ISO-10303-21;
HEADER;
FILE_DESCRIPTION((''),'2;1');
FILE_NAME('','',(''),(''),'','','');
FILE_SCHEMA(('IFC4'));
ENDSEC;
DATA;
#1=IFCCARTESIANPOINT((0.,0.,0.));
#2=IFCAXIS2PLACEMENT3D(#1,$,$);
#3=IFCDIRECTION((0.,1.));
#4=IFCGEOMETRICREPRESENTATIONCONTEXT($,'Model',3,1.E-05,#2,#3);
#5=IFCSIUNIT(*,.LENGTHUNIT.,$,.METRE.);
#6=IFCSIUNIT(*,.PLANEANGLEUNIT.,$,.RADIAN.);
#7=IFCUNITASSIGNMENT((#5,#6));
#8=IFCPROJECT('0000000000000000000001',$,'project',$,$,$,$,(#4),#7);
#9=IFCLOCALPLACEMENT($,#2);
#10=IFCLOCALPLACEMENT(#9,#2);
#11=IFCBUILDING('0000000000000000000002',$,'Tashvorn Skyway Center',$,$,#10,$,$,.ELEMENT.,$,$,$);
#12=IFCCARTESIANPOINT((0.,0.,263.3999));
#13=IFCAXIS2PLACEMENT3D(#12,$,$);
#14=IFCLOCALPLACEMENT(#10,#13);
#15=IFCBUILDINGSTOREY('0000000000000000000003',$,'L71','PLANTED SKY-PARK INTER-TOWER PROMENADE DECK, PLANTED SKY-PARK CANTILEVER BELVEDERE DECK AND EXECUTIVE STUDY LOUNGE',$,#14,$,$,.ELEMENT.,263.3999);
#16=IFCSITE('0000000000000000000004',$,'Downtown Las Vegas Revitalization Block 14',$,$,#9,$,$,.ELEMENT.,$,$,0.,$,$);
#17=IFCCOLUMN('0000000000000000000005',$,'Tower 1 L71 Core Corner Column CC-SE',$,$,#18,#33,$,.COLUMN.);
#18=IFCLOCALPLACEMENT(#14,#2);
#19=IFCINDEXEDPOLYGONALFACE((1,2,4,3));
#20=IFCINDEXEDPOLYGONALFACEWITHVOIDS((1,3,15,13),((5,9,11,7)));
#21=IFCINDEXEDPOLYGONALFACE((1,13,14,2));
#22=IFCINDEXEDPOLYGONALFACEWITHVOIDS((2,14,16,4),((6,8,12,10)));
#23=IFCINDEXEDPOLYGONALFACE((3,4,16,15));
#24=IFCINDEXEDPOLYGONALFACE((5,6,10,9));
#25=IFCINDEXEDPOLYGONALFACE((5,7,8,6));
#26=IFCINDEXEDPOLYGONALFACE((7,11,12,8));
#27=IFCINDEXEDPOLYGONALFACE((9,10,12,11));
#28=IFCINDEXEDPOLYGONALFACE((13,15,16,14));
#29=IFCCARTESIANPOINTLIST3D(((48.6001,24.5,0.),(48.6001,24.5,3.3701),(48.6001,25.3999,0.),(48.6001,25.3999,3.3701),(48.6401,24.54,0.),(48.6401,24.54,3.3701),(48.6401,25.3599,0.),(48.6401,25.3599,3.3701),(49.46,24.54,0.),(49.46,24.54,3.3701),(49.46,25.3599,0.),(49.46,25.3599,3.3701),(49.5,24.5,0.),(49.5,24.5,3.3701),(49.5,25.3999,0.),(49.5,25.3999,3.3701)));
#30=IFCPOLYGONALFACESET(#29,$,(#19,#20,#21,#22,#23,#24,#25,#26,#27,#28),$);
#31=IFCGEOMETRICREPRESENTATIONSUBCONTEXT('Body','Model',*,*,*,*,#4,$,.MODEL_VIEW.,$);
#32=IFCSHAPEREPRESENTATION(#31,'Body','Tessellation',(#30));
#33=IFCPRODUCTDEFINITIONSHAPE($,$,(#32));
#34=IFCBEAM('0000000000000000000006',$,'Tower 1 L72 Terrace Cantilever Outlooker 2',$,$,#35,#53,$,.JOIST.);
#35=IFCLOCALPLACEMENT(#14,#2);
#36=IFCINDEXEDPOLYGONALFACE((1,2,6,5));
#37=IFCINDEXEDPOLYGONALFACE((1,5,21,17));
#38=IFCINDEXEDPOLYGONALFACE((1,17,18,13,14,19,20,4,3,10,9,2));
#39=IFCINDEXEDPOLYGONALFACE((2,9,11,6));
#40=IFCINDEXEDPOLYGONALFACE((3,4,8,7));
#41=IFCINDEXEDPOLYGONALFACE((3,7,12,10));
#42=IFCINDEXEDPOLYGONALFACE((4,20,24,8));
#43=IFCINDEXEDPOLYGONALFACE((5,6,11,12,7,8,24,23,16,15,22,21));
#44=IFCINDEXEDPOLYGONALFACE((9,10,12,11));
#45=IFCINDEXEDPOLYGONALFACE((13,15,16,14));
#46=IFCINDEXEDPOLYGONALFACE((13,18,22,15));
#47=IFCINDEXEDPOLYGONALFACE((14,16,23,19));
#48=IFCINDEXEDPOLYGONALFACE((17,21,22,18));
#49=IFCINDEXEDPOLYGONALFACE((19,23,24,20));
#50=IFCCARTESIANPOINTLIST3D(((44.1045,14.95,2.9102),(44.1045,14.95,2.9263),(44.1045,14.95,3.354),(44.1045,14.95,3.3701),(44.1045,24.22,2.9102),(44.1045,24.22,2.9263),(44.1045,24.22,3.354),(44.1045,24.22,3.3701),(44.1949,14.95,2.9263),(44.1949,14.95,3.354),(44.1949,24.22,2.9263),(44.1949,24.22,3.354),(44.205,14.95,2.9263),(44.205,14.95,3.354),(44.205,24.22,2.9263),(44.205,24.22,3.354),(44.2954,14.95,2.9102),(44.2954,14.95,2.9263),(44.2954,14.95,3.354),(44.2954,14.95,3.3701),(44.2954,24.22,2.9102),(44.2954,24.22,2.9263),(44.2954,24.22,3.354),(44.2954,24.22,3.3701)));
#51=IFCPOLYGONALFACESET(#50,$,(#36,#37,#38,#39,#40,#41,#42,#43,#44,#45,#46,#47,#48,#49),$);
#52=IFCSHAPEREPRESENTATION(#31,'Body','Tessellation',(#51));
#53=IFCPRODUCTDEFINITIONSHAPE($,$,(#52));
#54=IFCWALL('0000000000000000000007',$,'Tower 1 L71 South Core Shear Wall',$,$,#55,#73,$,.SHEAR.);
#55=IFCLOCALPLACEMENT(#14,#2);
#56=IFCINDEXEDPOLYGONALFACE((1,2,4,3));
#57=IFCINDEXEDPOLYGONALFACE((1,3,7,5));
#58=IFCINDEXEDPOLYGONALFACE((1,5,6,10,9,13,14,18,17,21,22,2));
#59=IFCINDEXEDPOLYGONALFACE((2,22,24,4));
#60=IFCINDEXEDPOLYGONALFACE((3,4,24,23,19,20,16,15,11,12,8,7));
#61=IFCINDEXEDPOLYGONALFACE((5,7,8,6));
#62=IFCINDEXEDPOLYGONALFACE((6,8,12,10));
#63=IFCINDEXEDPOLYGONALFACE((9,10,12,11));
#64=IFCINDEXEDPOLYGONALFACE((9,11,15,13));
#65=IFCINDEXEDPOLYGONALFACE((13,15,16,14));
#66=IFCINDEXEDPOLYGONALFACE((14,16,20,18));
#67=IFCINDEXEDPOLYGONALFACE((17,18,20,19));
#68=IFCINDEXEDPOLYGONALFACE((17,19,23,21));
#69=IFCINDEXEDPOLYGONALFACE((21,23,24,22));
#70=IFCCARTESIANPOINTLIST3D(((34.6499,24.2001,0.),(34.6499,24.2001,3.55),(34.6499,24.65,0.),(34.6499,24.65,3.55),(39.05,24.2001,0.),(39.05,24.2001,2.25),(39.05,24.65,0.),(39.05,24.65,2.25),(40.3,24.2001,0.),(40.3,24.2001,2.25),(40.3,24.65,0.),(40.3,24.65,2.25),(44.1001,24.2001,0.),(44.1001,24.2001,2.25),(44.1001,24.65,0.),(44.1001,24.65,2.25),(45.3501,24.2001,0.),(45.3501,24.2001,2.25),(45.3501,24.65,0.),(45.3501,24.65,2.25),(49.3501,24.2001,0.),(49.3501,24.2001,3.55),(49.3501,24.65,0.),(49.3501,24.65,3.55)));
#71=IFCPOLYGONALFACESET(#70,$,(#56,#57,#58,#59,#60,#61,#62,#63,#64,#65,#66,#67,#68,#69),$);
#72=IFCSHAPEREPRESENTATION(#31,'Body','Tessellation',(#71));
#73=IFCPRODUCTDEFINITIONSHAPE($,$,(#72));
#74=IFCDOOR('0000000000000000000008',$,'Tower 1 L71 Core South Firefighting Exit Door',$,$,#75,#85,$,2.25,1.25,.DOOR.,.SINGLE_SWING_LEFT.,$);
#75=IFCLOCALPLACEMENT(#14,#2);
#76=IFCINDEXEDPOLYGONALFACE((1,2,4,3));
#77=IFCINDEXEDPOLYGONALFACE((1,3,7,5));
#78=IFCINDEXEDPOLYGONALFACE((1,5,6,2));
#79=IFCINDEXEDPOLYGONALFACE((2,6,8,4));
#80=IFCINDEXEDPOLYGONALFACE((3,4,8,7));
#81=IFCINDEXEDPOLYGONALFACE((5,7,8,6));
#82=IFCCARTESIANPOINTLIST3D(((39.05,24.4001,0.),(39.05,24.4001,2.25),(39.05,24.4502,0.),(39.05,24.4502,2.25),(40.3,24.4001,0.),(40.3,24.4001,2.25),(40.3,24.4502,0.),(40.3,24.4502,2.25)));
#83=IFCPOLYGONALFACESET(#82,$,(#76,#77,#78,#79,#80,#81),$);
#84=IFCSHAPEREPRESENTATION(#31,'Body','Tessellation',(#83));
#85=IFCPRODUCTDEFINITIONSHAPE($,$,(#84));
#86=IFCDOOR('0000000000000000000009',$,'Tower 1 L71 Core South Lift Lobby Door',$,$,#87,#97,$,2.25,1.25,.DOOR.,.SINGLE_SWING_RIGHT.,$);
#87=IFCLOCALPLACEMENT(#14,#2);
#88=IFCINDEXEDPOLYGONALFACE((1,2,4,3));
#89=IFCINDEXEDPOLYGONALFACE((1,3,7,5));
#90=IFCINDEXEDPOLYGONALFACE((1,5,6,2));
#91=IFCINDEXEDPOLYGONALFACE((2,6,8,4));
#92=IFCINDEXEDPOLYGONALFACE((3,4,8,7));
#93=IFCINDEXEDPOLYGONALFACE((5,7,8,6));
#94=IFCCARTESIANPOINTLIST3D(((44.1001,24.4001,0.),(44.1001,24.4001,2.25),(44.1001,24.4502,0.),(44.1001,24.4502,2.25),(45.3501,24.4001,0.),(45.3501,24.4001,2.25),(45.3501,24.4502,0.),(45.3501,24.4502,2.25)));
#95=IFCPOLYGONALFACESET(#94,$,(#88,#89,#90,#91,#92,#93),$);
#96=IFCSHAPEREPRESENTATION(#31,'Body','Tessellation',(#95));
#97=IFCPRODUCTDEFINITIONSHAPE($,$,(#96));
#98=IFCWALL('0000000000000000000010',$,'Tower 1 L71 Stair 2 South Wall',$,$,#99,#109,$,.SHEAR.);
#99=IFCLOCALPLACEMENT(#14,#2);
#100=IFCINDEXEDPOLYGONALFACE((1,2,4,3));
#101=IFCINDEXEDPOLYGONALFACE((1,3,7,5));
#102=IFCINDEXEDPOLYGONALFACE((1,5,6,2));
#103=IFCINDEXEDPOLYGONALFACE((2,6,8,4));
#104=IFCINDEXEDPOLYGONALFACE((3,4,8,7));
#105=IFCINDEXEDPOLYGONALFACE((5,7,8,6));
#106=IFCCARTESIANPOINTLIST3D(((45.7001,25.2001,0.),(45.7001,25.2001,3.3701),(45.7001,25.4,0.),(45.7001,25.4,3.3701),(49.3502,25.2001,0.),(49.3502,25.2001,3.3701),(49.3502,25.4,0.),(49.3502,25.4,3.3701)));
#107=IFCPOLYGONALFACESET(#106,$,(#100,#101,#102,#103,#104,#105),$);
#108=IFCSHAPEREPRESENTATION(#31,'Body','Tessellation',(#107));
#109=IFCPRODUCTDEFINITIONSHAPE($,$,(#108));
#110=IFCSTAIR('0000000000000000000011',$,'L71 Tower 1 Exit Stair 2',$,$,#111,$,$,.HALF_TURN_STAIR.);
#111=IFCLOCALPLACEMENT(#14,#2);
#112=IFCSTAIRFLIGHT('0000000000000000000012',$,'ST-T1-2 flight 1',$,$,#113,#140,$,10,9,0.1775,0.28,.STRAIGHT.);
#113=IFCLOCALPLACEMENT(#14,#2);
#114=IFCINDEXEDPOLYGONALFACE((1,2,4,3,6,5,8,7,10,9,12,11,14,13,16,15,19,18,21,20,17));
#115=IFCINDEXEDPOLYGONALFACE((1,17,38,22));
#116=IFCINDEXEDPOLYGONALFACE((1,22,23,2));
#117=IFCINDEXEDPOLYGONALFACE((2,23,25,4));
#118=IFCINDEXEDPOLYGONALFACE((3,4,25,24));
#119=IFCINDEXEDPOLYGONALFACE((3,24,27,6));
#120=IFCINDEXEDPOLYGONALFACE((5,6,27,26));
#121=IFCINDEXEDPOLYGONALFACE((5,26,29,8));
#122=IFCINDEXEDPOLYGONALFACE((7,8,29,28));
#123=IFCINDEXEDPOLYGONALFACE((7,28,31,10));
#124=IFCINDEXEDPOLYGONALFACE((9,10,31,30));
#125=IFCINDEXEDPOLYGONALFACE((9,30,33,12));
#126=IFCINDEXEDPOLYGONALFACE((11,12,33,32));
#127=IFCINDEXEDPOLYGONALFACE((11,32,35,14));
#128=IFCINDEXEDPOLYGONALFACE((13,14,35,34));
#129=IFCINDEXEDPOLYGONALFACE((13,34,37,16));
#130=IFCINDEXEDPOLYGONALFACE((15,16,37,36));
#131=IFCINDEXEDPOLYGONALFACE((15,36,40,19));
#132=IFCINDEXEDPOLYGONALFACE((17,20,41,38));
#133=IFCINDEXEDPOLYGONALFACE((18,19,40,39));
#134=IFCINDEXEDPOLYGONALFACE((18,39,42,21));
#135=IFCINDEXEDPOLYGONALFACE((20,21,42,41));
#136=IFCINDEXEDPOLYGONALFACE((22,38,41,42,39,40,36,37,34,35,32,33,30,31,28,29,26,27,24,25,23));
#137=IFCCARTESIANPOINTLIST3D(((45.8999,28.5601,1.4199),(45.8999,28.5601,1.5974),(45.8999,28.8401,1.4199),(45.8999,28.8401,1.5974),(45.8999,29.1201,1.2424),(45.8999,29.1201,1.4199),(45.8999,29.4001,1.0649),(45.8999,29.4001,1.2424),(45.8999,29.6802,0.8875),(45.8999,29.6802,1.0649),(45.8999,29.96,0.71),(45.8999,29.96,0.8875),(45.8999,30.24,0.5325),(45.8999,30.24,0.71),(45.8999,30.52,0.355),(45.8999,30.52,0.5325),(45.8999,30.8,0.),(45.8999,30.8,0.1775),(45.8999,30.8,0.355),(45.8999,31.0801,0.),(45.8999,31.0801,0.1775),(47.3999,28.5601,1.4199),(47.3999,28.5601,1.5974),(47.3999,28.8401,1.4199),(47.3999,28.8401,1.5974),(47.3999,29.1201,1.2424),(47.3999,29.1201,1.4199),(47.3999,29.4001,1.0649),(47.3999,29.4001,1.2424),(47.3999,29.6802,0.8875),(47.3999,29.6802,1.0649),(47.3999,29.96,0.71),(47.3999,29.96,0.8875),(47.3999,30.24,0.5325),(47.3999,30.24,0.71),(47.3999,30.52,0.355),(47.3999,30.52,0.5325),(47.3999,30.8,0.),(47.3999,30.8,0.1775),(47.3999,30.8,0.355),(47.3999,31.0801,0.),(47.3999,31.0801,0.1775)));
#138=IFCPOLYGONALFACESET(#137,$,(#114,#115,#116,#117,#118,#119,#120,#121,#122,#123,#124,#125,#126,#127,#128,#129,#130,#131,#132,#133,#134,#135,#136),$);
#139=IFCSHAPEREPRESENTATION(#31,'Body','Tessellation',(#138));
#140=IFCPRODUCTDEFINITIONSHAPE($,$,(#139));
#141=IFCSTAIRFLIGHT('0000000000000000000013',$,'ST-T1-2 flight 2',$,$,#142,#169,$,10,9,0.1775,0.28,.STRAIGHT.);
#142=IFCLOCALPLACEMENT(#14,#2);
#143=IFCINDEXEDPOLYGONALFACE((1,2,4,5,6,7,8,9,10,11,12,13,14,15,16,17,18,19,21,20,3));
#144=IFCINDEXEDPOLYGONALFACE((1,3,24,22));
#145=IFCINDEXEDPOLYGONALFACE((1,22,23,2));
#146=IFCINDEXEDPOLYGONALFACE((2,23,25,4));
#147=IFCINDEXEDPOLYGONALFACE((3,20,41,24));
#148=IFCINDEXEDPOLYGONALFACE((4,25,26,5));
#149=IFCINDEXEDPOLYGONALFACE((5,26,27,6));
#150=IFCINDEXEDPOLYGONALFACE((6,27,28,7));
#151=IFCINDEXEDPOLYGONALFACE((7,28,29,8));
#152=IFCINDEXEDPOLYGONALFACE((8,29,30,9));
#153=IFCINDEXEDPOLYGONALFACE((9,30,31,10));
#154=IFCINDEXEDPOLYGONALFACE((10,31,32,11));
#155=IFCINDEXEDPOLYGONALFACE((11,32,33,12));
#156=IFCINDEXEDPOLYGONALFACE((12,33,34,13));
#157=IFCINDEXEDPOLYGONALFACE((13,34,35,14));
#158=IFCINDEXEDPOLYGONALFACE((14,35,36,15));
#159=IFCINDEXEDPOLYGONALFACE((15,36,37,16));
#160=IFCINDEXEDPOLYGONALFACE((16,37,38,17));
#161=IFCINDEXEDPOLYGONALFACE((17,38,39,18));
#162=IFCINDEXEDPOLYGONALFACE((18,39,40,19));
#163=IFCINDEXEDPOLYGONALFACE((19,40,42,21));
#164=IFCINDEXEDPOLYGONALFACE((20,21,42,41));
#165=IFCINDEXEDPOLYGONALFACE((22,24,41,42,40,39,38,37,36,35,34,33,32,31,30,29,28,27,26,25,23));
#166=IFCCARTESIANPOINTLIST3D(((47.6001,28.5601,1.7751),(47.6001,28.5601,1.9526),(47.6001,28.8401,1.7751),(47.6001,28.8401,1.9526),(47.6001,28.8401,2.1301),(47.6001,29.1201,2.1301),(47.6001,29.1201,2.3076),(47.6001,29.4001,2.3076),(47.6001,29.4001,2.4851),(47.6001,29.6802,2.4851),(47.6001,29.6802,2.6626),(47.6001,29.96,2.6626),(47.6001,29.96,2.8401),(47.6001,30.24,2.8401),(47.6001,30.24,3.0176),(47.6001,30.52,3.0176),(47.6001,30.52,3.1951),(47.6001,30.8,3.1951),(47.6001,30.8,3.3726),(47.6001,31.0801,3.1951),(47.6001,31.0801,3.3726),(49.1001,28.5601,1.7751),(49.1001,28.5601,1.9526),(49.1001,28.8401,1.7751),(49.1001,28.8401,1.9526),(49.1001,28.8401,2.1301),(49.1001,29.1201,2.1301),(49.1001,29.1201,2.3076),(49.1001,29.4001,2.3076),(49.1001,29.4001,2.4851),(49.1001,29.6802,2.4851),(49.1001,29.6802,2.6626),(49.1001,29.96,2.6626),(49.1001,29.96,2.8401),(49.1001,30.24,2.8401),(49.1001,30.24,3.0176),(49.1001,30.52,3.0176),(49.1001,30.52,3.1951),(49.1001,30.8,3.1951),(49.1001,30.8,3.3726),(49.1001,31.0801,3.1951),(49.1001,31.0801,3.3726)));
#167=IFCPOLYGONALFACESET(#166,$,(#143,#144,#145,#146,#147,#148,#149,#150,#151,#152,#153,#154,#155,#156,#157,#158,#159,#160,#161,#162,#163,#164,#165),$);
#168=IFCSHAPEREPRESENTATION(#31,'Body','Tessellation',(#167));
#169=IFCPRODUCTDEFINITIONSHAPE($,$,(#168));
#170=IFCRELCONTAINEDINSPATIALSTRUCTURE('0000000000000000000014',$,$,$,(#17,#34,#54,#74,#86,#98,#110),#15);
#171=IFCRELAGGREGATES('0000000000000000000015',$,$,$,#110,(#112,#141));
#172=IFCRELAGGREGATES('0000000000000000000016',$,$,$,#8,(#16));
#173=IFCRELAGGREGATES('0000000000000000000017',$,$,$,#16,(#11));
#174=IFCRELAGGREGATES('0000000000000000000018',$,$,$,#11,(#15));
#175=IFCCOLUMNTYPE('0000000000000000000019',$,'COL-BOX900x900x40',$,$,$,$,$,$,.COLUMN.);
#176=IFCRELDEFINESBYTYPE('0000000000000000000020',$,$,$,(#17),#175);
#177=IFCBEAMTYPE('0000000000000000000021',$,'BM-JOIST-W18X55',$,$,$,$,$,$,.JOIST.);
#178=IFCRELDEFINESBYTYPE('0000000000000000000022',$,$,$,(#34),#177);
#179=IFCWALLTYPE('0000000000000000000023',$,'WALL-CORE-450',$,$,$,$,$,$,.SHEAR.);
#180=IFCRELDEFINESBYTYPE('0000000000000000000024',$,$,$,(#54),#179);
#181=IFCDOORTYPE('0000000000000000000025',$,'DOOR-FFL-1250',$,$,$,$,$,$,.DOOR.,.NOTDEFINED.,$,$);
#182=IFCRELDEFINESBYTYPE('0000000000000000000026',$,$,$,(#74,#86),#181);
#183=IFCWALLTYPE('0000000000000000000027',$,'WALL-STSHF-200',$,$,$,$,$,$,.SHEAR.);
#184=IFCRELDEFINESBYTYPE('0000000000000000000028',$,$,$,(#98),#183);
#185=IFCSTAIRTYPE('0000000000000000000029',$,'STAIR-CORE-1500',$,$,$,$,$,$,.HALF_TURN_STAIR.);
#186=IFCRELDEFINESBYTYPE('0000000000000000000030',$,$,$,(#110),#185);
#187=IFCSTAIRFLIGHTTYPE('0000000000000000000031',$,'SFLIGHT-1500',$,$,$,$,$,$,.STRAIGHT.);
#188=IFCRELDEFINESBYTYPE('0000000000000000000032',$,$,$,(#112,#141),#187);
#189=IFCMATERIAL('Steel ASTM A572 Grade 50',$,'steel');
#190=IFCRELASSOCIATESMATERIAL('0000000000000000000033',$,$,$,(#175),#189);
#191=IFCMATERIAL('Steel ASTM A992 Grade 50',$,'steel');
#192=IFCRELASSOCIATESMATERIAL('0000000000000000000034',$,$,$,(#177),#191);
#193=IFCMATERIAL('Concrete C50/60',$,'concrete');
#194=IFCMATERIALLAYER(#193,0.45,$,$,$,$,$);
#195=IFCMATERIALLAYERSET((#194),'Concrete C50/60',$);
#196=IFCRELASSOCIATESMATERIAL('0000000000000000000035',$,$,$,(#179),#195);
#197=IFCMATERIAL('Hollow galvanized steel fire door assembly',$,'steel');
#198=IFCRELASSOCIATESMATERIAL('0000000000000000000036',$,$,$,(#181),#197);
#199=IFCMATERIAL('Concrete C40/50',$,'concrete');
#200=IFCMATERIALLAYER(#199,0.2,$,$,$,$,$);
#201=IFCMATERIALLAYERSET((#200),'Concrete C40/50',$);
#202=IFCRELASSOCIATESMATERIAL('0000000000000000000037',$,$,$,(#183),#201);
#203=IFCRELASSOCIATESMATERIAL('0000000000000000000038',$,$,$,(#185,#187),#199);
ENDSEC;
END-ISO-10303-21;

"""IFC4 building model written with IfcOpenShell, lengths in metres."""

from ifc_helpers import new_model, si_unit, direction, frame, frame_2d, origin, origin_2d, place, context, subcontext, project, spatial, polyline, rectangle, hollow_rectangle, i_section, outline, extrude, material, layer, layer_set, material_profile, profile_set, type_object, element, fill, aggregate, save


model = new_model("IFC4")

# Units and contexts
model_context = context("Model", 3, precision=1e-05, world=origin(), true_north=direction((0.0, 1.0)))
body_context = subcontext(model_context, "Body", "Model", "MODEL_VIEW")
ifc_project = project(units=[si_unit("LENGTHUNIT", "METRE"), si_unit("PLANEANGLEUNIT", "RADIAN")], contexts=[model_context])

# Site, building, storey
site_placement = place(None, origin())
site = spatial("IfcSite", under=ifc_project, at=site_placement, Name="Downtown Las Vegas Revitalization Block 14", CompositionType="ELEMENT", RefElevation=0.0)
building_placement = place(site_placement, origin())
building = spatial("IfcBuilding", under=site, at=building_placement, Name="Tashvorn Skyway Center", CompositionType="ELEMENT")
storey_placement = place(building_placement, frame((0.0, 0.0, 263.3999)))
storey = spatial("IfcBuildingStorey", under=building, at=storey_placement, Name="L71", Description="PLANTED SKY-PARK INTER-TOWER PROMENADE DECK, PLANTED SKY-PARK CANTILEVER BELVEDERE DECK AND EXECUTIVE STUDY LOUNGE", CompositionType="ELEMENT", Elevation=263.3999)

# Column
ifc_material_1 = material(Name="Steel ASTM A572 Grade 50", Category="steel")
ifc_material_profile_1 = material_profile(ifc_material_1, hollow_rectangle(XDim=0.8999, YDim=0.8999, WallThickness=0.04, at=origin_2d()), Name="BOX900x900x40")
ifc_profile_set_1 = profile_set([ifc_material_profile_1], Name="Steel ASTM A572 Grade 50")
column_type = type_object("IfcColumnType", Name="COL-BOX900x900x40", PredefinedType="COLUMN", material=ifc_profile_set_1)
column_placement = place(storey_placement, frame((49.05, 24.95, 0.0), z_axis=(0.0, 0.0, 1.0), x_axis=(1.0, 0.0, 0.0)))
element("IfcColumn", 1, at=column_placement, inside=storey, type_object=column_type, Name="Tower 1 L71 Core Corner Column CC-SE", PredefinedType="COLUMN", context=body_context, shape_type="SweptSolid", body=[
    extrude(hollow_rectangle(XDim=0.8999, YDim=0.8999, WallThickness=0.04, at=origin_2d()), origin(), (0.0, 0.0, 1.0), 3.3701),
])

# Beam
ifc_material_2 = material(Name="Steel ASTM A992 Grade 50", Category="steel")
ifc_material_profile_2 = material_profile(ifc_material_2, i_section(OverallWidth=0.1909, OverallDepth=0.46, WebThickness=0.01, FlangeThickness=0.0161, at=origin_2d()), Name="W18X55")
ifc_profile_set_2 = profile_set([ifc_material_profile_2], Name="Steel ASTM A992 Grade 50")
beam_type = type_object("IfcBeamType", Name="BM-JOIST-W18X55", PredefinedType="JOIST", material=ifc_profile_set_2)
beam_placement = place(storey_placement, frame((44.2, 24.22, 3.1401), z_axis=(0.0, -1.0, 0.0), x_axis=(1.0, 0.0, 0.0)))
element("IfcBeam", 2, at=beam_placement, inside=storey, type_object=beam_type, Name="Tower 1 L72 Terrace Cantilever Outlooker 2", PredefinedType="JOIST", context=body_context, shape_type="SweptSolid", body=[
    extrude(i_section(OverallWidth=0.1909, OverallDepth=0.46, WebThickness=0.01, FlangeThickness=0.0161, at=origin_2d()), origin(), (0.0, 0.0, 1.0), 9.27),
])

# Wall, openings, doors
ifc_material_3 = material(Name="Concrete C50/60", Category="concrete")
ifc_layer_1 = layer(ifc_material_3, 0.45)
ifc_layer_set_1 = layer_set([ifc_layer_1], Name="Concrete C50/60")
wall_type_1 = type_object("IfcWallType", Name="WALL-CORE-450", PredefinedType="SHEAR", material=ifc_layer_set_1)
wall_1_placement = place(storey_placement, frame((49.3501, 24.425, 0.0), z_axis=(0.0, 0.0, 1.0), x_axis=(-1.0, 0.0, 0.0)))
wall_1 = element("IfcWall", 3, at=wall_1_placement, inside=storey, type_object=wall_type_1, Name="Tower 1 L71 South Core Shear Wall", PredefinedType="SHEAR", context=body_context, shape_type="SweptSolid", body=[
    extrude(rectangle(XDim=14.7002, YDim=0.45, at=frame_2d((7.3501, 0.0))), origin(), (0.0, 0.0, 1.0), 3.55),
])
opening_1_placement = place(wall_1_placement, frame((9.05, 0.0, 0.0)))
opening_1 = element("IfcOpeningElement", 4, at=opening_1_placement, cuts=wall_1, PredefinedType="OPENING", context=body_context, shape_type="SweptSolid", body=[
    extrude(rectangle(XDim=1.25, YDim=2.25, at=frame_2d((0.625, 1.125))), frame((0.0, 0.2349, 0.0), z_axis=(0.0, -1.0, 0.0), x_axis=(1.0, 0.0, 0.0)), (0.0, 0.0, 1.0), 0.47),
])
opening_2_placement = place(wall_1_placement, frame((4.0, 0.0, 0.0)))
opening_2 = element("IfcOpeningElement", 5, at=opening_2_placement, cuts=wall_1, PredefinedType="OPENING", context=body_context, shape_type="SweptSolid", body=[
    extrude(rectangle(XDim=1.25, YDim=2.25, at=frame_2d((0.625, 1.125))), frame((0.0, 0.2349, 0.0), z_axis=(0.0, -1.0, 0.0), x_axis=(1.0, 0.0, 0.0)), (0.0, 0.0, 1.0), 0.47),
])
ifc_material_4 = material(Name="Hollow galvanized steel fire door assembly", Category="steel")
door_type = type_object("IfcDoorType", Name="DOOR-FFL-1250", OperationType="NOTDEFINED", PredefinedType="DOOR", material=ifc_material_4)
door_1_placement = place(opening_1_placement, origin())
door_1 = element("IfcDoor", 6, at=door_1_placement, inside=storey, type_object=door_type, Name="Tower 1 L71 Core South Firefighting Exit Door", OperationType="SINGLE_SWING_LEFT", OverallHeight=2.25, OverallWidth=1.25, PredefinedType="DOOR", context=body_context, shape_type="SweptSolid", body=[
    extrude(rectangle(XDim=1.25, YDim=2.25, at=frame_2d((0.625, 1.125))), frame((0.0, 0.0249, 0.0), z_axis=(0.0, -1.0, 0.0), x_axis=(1.0, 0.0, 0.0)), (0.0, 0.0, 1.0), 0.05),
])
fill(opening_1, door_1)
door_2_placement = place(opening_2_placement, origin())
door_2 = element("IfcDoor", 7, at=door_2_placement, inside=storey, type_object=door_type, Name="Tower 1 L71 Core South Lift Lobby Door", OperationType="SINGLE_SWING_RIGHT", OverallHeight=2.25, OverallWidth=1.25, PredefinedType="DOOR", context=body_context, shape_type="SweptSolid", body=[
    extrude(rectangle(XDim=1.25, YDim=2.25, at=frame_2d((0.625, 1.125))), frame((0.0, 0.0249, 0.0), z_axis=(0.0, -1.0, 0.0), x_axis=(1.0, 0.0, 0.0)), (0.0, 0.0, 1.0), 0.05),
])
fill(opening_2, door_2)

# Wall
ifc_material_5 = material(Name="Concrete C40/50", Category="concrete")
ifc_layer_2 = layer(ifc_material_5, 0.2)
ifc_layer_set_2 = layer_set([ifc_layer_2], Name="Concrete C40/50")
wall_type_2 = type_object("IfcWallType", Name="WALL-STSHF-200", PredefinedType="SHEAR", material=ifc_layer_set_2)
wall_2_placement = place(storey_placement, frame((45.7, 25.3, 0.0), z_axis=(0.0, 0.0, 1.0), x_axis=(1.0, 0.0, 0.0)))
element("IfcWall", 8, at=wall_2_placement, inside=storey, type_object=wall_type_2, Name="Tower 1 L71 Stair 2 South Wall", PredefinedType="SHEAR", context=body_context, shape_type="SweptSolid", body=[
    extrude(rectangle(XDim=3.6501, YDim=0.2, at=frame_2d((1.8252, 0.0))), origin(), (0.0, 0.0, 1.0), 3.3701),
])

# Stair, stair flights
stair_type = type_object("IfcStairType", Name="STAIR-CORE-1500", PredefinedType="HALF_TURN_STAIR", material=ifc_material_5)
stair_placement = place(storey_placement, origin())
stair = element("IfcStair", 9, at=stair_placement, inside=storey, type_object=stair_type, Name="L71 Tower 1 Exit Stair 2", PredefinedType="HALF_TURN_STAIR")
stair_flight_type = type_object("IfcStairFlightType", Name="SFLIGHT-1500", PredefinedType="STRAIGHT", material=ifc_material_5)
stair_flight_1_placement = place(storey_placement, frame((46.6499, 31.0801, 0.0), z_axis=(0.0, 0.0, 1.0), x_axis=(0.0, -1.0, 0.0)))
stair_flight_1 = element("IfcStairFlight", 10, at=stair_flight_1_placement, type_object=stair_flight_type, Name="ST-T1-2 flight 1", NumberOfRisers=10, NumberOfTreads=9, PredefinedType="STRAIGHT", RiserHeight=0.1775, TreadLength=0.28, context=body_context, shape_type="SweptSolid", body=[
    extrude(outline(polyline([(0.0, 0.0), (0.0, 0.1775), (0.28, 0.1775), (0.28, 0.355), (0.5601, 0.355), (0.5601, 0.5325), (0.8401, 0.5325), (0.8401, 0.71), (1.1201, 0.71), (1.1201, 0.8875), (1.3999, 0.8875), (1.3999, 1.0649), (1.6799, 1.0649), (1.6799, 1.2424), (1.96, 1.2424), (1.96, 1.4199), (2.24, 1.4199), (2.24, 1.5974), (2.52, 1.5974), (2.52, 1.7749), (2.52, 1.4199), (0.28, 0.0), (0.0, 0.0)])), frame((0.0, 0.75, 0.0), z_axis=(0.0, -1.0, 0.0), x_axis=(1.0, 0.0, 0.0)), (0.0, 0.0, 1.0), 1.5),
])
stair_flight_2_placement = place(storey_placement, frame((48.3501, 28.5601, 1.7751), z_axis=(0.0, 0.0, 1.0), x_axis=(0.0, 1.0, 0.0)))
stair_flight_2 = element("IfcStairFlight", 11, at=stair_flight_2_placement, type_object=stair_flight_type, Name="ST-T1-2 flight 2", NumberOfRisers=10, NumberOfTreads=9, PredefinedType="STRAIGHT", RiserHeight=0.1775, TreadLength=0.28, context=body_context, shape_type="SweptSolid", body=[
    extrude(outline(polyline([(0.0, 0.0), (0.0, 0.1775), (0.28, 0.1775), (0.28, 0.355), (0.5601, 0.355), (0.5601, 0.5325), (0.8401, 0.5325), (0.8401, 0.71), (1.1201, 0.71), (1.1201, 0.8875), (1.3999, 0.8875), (1.3999, 1.0649), (1.6799, 1.0649), (1.6799, 1.2424), (1.96, 1.2424), (1.96, 1.4199), (2.24, 1.4199), (2.24, 1.5974), (2.52, 1.5974), (2.52, 1.7749), (2.52, 1.4199), (0.28, 0.0), (0.0, 0.0)])), frame((0.0, 0.75, 0.0), z_axis=(0.0, -1.0, 0.0), x_axis=(1.0, 0.0, 0.0)), (0.0, 0.0, 1.0), 1.5),
])
aggregate(stair, [stair_flight_1, stair_flight_2])

save(model, "model.ifc")
